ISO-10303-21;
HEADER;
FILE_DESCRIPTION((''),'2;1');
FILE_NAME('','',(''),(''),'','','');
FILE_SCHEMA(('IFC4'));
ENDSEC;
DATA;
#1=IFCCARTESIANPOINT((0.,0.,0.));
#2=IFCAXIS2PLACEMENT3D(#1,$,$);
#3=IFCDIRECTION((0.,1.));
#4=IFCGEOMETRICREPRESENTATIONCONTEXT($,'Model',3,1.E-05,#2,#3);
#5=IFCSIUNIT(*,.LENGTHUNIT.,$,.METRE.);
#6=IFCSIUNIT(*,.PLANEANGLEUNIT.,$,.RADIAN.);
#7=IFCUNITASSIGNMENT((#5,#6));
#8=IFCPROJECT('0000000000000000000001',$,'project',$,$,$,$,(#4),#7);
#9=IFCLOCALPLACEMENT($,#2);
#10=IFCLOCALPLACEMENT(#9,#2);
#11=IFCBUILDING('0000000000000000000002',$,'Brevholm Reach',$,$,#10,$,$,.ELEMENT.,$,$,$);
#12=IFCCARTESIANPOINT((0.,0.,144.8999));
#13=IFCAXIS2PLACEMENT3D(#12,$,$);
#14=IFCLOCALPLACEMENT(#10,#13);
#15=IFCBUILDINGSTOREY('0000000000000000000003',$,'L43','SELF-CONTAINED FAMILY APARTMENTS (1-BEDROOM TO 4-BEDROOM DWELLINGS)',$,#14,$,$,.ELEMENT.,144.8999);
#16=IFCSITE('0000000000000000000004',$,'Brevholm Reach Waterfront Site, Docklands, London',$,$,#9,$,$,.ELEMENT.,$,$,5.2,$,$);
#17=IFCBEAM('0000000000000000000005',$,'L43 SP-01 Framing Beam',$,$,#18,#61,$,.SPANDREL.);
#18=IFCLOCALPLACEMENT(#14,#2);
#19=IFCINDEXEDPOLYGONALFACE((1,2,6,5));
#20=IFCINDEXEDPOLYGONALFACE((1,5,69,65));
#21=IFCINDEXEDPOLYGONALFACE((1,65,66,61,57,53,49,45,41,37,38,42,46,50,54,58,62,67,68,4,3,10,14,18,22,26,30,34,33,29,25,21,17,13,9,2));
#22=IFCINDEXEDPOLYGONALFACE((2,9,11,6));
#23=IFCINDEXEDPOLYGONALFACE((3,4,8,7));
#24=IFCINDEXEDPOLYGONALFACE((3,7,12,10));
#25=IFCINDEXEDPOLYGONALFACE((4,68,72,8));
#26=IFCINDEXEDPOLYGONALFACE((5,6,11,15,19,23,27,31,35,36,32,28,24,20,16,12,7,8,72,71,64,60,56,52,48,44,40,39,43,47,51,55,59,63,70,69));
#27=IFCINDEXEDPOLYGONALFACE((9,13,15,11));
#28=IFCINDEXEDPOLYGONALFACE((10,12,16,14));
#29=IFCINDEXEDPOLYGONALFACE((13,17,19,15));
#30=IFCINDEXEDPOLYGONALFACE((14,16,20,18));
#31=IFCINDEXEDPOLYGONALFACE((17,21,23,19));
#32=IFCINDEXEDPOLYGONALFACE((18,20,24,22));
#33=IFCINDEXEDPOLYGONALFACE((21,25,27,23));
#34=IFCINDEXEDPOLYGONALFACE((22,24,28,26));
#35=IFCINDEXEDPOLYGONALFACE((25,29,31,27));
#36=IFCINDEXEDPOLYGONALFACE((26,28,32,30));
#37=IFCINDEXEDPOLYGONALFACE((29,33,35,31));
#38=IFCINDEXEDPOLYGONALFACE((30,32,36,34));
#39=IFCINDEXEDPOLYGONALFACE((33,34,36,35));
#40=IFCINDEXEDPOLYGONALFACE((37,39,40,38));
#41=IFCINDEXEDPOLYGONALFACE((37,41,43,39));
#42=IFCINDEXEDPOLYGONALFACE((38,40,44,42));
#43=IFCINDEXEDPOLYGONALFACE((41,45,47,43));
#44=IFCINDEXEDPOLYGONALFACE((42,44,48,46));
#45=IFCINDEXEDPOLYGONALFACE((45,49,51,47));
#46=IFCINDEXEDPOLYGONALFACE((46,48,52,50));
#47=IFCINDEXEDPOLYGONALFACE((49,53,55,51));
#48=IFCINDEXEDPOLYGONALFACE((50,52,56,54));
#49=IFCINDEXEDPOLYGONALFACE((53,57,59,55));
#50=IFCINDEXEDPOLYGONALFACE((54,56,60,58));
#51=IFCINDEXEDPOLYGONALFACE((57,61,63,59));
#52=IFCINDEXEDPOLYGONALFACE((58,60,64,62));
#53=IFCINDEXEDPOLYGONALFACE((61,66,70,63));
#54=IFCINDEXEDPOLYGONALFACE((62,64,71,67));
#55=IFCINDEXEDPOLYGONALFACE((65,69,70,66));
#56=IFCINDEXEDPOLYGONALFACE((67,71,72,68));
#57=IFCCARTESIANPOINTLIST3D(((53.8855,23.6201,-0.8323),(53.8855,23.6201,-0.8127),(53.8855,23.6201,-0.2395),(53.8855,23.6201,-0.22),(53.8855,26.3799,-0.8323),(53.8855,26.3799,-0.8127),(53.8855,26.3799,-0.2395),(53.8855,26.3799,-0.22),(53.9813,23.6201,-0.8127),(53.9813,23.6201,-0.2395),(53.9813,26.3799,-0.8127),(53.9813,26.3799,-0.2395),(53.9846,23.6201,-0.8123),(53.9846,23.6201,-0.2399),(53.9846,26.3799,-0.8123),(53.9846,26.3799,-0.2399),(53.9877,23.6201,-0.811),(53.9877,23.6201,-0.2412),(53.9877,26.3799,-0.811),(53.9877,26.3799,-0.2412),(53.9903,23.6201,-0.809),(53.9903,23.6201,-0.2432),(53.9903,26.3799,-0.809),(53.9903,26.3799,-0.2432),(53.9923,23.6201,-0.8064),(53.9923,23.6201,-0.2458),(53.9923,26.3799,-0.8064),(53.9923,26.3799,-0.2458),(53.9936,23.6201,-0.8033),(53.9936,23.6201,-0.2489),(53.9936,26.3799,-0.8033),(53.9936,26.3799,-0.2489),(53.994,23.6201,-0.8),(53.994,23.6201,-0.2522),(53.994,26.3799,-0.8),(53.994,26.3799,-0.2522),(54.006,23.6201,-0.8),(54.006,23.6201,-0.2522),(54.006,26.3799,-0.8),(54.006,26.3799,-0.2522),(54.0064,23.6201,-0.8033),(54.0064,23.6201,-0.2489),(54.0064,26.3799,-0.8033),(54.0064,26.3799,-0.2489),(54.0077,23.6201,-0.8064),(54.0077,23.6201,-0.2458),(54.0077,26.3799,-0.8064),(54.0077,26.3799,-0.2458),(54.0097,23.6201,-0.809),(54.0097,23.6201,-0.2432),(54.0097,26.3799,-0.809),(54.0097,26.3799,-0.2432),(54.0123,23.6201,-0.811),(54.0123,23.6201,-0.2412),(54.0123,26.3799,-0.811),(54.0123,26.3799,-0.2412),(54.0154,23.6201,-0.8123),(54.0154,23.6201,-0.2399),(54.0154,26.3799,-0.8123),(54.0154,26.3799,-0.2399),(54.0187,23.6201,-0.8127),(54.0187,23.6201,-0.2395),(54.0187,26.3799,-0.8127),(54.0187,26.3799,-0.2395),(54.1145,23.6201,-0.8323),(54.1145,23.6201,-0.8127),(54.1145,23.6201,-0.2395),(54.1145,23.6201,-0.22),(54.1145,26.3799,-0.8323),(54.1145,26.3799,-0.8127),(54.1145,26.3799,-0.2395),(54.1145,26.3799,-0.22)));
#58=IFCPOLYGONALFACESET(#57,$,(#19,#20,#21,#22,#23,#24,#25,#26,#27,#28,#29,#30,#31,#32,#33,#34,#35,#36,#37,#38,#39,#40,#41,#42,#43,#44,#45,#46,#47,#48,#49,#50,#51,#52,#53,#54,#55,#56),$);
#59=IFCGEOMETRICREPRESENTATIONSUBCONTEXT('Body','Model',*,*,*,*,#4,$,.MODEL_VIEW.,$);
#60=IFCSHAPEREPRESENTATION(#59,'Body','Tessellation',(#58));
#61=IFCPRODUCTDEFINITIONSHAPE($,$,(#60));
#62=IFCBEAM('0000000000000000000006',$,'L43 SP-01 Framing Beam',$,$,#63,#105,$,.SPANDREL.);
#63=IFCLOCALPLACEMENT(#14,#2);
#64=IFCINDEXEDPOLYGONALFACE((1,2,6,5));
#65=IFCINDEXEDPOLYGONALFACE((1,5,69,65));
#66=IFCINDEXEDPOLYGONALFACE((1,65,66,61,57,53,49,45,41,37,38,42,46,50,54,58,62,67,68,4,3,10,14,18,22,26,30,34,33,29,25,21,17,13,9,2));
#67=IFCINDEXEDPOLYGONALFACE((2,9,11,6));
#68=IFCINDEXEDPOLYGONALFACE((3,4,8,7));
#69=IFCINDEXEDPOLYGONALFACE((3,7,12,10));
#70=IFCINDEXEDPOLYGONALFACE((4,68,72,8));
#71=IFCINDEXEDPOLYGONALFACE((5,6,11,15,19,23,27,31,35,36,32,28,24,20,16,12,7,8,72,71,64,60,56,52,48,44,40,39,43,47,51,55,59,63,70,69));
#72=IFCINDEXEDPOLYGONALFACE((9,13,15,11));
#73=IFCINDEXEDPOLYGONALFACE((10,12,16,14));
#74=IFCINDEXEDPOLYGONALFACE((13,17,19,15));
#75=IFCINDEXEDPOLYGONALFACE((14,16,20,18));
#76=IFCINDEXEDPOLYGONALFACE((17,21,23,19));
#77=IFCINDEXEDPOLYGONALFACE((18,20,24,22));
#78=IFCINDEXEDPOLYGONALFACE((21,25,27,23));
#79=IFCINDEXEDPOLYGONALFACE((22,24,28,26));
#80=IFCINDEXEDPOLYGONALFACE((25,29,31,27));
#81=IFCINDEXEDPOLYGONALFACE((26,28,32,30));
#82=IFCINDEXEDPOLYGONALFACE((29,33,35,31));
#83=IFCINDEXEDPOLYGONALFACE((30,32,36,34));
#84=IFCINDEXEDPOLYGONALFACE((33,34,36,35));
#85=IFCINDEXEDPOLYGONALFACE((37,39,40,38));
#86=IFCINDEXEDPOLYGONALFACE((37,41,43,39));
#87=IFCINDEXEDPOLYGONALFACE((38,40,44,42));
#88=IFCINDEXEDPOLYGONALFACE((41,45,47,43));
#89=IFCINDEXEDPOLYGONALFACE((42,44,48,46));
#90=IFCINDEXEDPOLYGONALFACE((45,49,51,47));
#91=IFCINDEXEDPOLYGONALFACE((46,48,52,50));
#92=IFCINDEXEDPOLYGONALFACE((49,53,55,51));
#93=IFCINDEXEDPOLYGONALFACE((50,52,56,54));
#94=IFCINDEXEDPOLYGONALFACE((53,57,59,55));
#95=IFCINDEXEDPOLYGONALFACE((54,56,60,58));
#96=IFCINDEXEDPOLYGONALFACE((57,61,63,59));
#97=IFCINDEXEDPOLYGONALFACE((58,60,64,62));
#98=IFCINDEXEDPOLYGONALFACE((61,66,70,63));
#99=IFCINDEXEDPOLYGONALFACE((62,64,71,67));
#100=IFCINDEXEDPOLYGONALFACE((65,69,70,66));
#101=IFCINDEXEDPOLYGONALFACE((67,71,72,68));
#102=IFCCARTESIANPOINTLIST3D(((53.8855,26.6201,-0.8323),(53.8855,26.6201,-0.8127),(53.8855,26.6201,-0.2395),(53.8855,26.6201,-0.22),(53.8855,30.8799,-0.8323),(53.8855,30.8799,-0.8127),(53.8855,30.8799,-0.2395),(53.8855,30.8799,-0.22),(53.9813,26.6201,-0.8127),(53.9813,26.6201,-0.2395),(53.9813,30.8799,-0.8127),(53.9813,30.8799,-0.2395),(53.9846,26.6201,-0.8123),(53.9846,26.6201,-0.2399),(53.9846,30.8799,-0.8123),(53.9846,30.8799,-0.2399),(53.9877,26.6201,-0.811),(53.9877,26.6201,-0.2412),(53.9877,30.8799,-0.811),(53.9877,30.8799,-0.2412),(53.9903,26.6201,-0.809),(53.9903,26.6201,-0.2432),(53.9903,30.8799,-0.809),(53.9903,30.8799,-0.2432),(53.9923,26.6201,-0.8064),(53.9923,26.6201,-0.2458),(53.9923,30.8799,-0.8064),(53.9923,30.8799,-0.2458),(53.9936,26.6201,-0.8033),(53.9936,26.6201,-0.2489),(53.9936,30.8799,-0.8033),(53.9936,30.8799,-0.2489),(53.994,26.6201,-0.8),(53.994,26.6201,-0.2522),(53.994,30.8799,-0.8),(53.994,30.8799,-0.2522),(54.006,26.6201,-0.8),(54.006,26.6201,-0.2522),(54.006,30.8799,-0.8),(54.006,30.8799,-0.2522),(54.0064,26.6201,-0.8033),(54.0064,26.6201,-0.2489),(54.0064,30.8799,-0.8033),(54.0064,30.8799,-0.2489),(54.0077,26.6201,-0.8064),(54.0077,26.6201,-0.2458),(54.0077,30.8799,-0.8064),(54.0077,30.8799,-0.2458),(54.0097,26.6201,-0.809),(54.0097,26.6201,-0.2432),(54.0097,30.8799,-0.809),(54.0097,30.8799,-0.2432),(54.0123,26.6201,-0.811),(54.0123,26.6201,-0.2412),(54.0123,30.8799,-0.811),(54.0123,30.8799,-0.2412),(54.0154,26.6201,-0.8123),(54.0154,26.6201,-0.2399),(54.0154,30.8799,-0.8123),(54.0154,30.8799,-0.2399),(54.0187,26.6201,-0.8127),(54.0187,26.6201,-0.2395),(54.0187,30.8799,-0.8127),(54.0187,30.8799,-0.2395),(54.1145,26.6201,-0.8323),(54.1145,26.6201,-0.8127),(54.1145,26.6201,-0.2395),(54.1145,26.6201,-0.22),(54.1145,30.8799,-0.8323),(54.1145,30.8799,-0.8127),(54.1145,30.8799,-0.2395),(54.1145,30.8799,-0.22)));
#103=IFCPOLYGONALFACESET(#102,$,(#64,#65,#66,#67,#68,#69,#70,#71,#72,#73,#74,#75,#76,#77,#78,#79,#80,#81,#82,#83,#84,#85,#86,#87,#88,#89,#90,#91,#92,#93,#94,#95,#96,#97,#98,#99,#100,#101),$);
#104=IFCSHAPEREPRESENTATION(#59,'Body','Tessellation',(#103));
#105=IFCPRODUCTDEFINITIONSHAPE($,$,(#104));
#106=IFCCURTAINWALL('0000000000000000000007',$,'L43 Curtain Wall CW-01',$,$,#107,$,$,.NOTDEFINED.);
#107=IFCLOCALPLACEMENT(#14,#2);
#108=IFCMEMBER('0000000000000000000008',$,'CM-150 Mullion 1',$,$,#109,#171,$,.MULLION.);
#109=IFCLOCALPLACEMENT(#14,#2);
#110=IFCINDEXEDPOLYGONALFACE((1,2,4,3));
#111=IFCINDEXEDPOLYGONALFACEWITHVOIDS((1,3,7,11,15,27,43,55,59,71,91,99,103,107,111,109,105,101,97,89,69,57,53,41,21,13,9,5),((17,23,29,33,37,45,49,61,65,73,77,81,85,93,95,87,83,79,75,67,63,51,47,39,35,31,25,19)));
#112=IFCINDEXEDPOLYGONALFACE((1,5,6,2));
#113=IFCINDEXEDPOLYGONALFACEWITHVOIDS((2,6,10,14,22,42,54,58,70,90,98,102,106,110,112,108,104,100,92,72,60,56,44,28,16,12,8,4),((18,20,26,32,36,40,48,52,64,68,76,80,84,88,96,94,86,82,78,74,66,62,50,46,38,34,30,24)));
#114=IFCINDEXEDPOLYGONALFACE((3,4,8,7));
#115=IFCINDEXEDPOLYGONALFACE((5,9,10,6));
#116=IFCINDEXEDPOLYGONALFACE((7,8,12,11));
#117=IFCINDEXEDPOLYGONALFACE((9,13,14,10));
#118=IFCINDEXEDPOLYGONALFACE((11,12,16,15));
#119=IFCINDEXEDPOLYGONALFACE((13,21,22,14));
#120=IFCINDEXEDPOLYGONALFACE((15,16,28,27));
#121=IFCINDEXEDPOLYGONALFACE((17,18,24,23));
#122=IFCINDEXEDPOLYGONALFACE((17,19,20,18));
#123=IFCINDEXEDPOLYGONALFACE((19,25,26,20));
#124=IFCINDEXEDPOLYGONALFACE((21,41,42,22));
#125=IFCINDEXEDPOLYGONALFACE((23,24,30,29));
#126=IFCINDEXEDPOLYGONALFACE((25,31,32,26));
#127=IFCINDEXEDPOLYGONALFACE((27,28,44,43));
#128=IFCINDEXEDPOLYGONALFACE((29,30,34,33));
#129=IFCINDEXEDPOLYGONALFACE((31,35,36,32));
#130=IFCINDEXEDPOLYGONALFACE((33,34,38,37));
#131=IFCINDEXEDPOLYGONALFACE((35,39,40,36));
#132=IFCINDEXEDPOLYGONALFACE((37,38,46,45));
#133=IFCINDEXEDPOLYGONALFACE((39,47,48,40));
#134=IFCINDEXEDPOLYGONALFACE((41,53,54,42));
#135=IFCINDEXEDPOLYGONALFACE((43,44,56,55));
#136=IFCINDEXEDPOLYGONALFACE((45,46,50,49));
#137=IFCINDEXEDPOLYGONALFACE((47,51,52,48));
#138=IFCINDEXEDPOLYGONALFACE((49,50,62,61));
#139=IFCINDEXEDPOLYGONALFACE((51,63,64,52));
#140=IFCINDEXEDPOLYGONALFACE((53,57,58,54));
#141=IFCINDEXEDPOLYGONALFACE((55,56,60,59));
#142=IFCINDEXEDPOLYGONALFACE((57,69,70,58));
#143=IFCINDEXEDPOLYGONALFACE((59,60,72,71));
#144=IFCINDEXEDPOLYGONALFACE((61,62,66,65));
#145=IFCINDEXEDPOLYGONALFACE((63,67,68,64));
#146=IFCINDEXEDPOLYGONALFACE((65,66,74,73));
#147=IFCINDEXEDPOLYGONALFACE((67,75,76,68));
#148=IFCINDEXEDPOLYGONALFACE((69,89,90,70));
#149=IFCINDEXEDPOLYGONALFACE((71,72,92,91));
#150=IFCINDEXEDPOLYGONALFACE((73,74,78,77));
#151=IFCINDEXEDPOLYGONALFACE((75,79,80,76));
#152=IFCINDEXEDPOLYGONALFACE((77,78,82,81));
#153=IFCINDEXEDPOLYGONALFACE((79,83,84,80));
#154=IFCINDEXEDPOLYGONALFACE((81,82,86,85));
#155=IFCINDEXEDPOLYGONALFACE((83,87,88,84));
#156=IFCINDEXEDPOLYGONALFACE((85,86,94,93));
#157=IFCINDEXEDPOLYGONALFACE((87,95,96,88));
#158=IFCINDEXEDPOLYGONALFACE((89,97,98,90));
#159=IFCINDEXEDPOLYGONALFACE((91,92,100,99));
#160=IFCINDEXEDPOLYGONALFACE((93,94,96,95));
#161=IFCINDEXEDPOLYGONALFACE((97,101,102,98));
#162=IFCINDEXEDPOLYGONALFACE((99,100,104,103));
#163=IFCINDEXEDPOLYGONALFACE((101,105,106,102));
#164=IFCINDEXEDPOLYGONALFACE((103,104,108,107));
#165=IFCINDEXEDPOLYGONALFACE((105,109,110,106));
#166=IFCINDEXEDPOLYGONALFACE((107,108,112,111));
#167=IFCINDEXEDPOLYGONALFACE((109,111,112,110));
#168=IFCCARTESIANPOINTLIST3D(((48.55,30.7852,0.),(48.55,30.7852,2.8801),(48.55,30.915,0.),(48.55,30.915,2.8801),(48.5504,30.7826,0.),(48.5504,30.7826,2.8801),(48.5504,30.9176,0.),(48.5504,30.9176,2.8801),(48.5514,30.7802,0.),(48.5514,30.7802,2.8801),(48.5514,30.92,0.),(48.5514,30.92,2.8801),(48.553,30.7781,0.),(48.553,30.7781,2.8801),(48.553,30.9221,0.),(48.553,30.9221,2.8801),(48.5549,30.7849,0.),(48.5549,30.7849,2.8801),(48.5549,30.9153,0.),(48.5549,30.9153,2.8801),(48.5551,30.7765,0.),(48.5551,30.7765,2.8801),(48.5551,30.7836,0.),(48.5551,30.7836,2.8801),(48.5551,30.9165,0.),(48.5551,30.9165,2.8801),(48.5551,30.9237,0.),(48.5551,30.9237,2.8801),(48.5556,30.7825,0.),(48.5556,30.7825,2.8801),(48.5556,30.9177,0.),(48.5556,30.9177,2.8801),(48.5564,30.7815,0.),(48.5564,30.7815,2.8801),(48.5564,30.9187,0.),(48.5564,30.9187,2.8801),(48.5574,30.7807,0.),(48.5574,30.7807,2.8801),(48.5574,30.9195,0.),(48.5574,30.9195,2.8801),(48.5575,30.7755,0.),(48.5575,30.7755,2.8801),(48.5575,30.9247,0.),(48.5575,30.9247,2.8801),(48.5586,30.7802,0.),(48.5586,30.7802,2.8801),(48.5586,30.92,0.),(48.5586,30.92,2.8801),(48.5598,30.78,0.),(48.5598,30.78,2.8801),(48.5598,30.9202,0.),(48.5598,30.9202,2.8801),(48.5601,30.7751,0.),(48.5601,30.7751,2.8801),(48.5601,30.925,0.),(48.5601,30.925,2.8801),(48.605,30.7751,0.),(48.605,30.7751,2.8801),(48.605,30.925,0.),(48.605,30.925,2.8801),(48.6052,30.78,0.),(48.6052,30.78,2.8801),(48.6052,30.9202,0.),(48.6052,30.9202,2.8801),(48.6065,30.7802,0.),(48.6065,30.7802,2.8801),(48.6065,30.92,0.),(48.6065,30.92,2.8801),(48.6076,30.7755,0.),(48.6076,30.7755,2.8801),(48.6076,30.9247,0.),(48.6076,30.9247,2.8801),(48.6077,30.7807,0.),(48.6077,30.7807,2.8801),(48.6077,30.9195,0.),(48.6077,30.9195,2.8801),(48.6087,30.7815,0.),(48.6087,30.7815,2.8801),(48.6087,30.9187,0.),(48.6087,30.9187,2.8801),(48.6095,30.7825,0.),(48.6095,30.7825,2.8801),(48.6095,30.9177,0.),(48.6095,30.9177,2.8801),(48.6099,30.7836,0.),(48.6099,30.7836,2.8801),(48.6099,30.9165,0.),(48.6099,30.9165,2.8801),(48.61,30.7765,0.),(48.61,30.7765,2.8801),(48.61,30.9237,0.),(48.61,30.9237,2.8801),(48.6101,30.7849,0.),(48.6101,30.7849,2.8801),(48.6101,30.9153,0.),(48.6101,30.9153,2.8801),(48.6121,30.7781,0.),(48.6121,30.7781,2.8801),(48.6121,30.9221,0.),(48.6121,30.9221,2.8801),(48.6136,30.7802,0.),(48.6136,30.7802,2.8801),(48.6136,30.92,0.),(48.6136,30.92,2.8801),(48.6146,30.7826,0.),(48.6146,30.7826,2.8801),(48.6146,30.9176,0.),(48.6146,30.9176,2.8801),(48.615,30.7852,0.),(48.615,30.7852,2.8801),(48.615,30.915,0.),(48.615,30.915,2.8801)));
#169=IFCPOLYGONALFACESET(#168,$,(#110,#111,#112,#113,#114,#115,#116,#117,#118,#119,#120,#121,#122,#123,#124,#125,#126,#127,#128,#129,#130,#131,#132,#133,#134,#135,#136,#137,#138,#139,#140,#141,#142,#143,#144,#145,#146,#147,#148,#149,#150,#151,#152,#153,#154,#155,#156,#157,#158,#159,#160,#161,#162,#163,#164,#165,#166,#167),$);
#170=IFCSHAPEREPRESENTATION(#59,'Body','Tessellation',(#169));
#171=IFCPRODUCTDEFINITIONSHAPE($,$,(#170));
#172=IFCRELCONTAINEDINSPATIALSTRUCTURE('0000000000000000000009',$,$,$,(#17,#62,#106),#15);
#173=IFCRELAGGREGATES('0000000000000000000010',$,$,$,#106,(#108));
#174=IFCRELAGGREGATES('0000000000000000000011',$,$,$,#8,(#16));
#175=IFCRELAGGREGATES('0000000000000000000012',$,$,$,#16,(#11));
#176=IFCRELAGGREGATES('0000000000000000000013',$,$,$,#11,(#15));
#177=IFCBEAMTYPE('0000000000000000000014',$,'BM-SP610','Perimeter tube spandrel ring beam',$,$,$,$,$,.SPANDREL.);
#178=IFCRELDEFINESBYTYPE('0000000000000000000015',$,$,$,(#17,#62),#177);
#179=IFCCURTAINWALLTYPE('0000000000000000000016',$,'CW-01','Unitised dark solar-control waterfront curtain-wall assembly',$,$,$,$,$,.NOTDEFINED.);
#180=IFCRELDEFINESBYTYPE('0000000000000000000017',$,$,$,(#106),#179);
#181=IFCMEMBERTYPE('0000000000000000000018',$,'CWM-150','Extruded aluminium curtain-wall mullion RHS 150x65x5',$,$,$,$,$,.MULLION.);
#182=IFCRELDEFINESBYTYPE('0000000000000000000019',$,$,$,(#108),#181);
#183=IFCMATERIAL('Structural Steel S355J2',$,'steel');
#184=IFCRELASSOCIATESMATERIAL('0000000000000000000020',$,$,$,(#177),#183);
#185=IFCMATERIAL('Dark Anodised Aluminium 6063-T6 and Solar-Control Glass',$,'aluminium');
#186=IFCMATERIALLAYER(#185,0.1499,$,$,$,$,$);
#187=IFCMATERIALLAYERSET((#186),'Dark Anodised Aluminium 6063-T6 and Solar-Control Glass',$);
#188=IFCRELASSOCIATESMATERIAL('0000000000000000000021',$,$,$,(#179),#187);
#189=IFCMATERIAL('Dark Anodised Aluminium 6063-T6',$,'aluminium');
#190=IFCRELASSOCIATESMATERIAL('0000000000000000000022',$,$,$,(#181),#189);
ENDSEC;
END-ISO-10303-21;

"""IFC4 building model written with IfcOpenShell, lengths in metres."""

from ifc_helpers import new_model, si_unit, direction, frame, origin, origin_2d, place, context, subcontext, project, spatial, hollow_rectangle, i_section, extrude, material, layer, layer_set, material_profile, profile_set, type_object, element, aggregate, save


model = new_model("IFC4")

# Units and contexts
model_context = context("Model", 3, precision=1e-05, world=origin(), true_north=direction((0.0, 1.0)))
body_context = subcontext(model_context, "Body", "Model", "MODEL_VIEW")
ifc_project = project(units=[si_unit("LENGTHUNIT", "METRE"), si_unit("PLANEANGLEUNIT", "RADIAN")], contexts=[model_context])

# Site, building, storey
site_placement = place(None, origin())
site = spatial("IfcSite", under=ifc_project, at=site_placement, Name="Brevholm Reach Waterfront Site, Docklands, London", CompositionType="ELEMENT", RefElevation=5.2)
building_placement = place(site_placement, origin())
building = spatial("IfcBuilding", under=site, at=building_placement, Name="Brevholm Reach", CompositionType="ELEMENT")
storey_placement = place(building_placement, frame((0.0, 0.0, 144.8999)))
storey = spatial("IfcBuildingStorey", under=building, at=storey_placement, Name="L43", Description="SELF-CONTAINED FAMILY APARTMENTS (1-BEDROOM TO 4-BEDROOM DWELLINGS)", CompositionType="ELEMENT", Elevation=144.8999)

# Beams
ifc_material_1 = material(Name="Structural Steel S355J2", Category="steel")
ifc_material_profile_1 = material_profile(ifc_material_1, i_section(OverallWidth=0.229, OverallDepth=0.6123, WebThickness=0.012, FlangeThickness=0.0195, FilletRadius=0.0127, at=origin_2d()), Name="UKB 610x229x125")
ifc_profile_set_1 = profile_set([ifc_material_profile_1], Name="Structural Steel S355J2")
beam_type_1 = type_object("IfcBeamType", Name="BM-SP610", Description="Perimeter tube spandrel ring beam", PredefinedType="SPANDREL", material=ifc_profile_set_1)
beam_1_placement = place(storey_placement, frame((54.0, 23.6201, -0.5261), z_axis=(0.0, 1.0, 0.0), x_axis=(-1.0, 0.0, 0.0)))
element("IfcBeam", 1, at=beam_1_placement, inside=storey, type_object=beam_type_1, Name="L43 SP-01 Framing Beam", PredefinedType="SPANDREL", context=body_context, shape_type="SweptSolid", body=[
    extrude(i_section(OverallWidth=0.229, OverallDepth=0.6123, WebThickness=0.012, FlangeThickness=0.0195, FilletRadius=0.0127, at=origin_2d()), origin(), (0.0, 0.0, 1.0), 2.7598),
])
beam_2_placement = place(storey_placement, frame((54.0, 26.6201, -0.5261), z_axis=(0.0, 1.0, 0.0), x_axis=(-1.0, 0.0, 0.0)))
element("IfcBeam", 2, at=beam_2_placement, inside=storey, type_object=beam_type_1, Name="L43 SP-01 Framing Beam", PredefinedType="SPANDREL", context=body_context, shape_type="SweptSolid", body=[
    extrude(i_section(OverallWidth=0.229, OverallDepth=0.6123, WebThickness=0.012, FlangeThickness=0.0195, FilletRadius=0.0127, at=origin_2d()), origin(), (0.0, 0.0, 1.0), 4.2598),
])

# Curtain wall, member
ifc_material_2 = material(Name="Dark Anodised Aluminium 6063-T6 and Solar-Control Glass", Category="aluminium")
ifc_layer_1 = layer(ifc_material_2, 0.1499)
ifc_layer_set_1 = layer_set([ifc_layer_1], Name="Dark Anodised Aluminium 6063-T6 and Solar-Control Glass")
curtain_wall_type = type_object("IfcCurtainWallType", Name="CW-01", Description="Unitised dark solar-control waterfront curtain-wall assembly", PredefinedType="NOTDEFINED", material=ifc_layer_set_1)
curtain_wall_placement = place(storey_placement, origin())
curtain_wall = element("IfcCurtainWall", 3, at=curtain_wall_placement, inside=storey, type_object=curtain_wall_type, Name="L43 Curtain Wall CW-01", PredefinedType="NOTDEFINED")
ifc_material_3 = material(Name="Dark Anodised Aluminium 6063-T6", Category="aluminium")
ifc_material_profile_2 = material_profile(ifc_material_3, hollow_rectangle(XDim=0.0649, YDim=0.1499, WallThickness=0.0049, InnerFilletRadius=0.0049, OuterFilletRadius=0.01, at=origin_2d()), Name="RHS 150x65x5")
ifc_profile_set_2 = profile_set([ifc_material_profile_2], Name="Dark Anodised Aluminium 6063-T6")
member_type_1 = type_object("IfcMemberType", Name="CWM-150", Description="Extruded aluminium curtain-wall mullion RHS 150x65x5", PredefinedType="MULLION", material=ifc_profile_set_2)
member_1_placement = place(storey_placement, frame((48.5825, 30.8501, 0.0), z_axis=(0.0, 0.0, 1.0), x_axis=(1.0, 0.0, 0.0)))
member_1 = element("IfcMember", 4, at=member_1_placement, type_object=member_type_1, Name="CM-150 Mullion 1", PredefinedType="MULLION", context=body_context, shape_type="SweptSolid", body=[
    extrude(hollow_rectangle(XDim=0.0649, YDim=0.1499, WallThickness=0.0049, InnerFilletRadius=0.0049, OuterFilletRadius=0.01, at=origin_2d()), origin(), (0.0, 0.0, 1.0), 2.8801),
])
aggregate(curtain_wall, [member_1])

save(model, "model.ifc")
